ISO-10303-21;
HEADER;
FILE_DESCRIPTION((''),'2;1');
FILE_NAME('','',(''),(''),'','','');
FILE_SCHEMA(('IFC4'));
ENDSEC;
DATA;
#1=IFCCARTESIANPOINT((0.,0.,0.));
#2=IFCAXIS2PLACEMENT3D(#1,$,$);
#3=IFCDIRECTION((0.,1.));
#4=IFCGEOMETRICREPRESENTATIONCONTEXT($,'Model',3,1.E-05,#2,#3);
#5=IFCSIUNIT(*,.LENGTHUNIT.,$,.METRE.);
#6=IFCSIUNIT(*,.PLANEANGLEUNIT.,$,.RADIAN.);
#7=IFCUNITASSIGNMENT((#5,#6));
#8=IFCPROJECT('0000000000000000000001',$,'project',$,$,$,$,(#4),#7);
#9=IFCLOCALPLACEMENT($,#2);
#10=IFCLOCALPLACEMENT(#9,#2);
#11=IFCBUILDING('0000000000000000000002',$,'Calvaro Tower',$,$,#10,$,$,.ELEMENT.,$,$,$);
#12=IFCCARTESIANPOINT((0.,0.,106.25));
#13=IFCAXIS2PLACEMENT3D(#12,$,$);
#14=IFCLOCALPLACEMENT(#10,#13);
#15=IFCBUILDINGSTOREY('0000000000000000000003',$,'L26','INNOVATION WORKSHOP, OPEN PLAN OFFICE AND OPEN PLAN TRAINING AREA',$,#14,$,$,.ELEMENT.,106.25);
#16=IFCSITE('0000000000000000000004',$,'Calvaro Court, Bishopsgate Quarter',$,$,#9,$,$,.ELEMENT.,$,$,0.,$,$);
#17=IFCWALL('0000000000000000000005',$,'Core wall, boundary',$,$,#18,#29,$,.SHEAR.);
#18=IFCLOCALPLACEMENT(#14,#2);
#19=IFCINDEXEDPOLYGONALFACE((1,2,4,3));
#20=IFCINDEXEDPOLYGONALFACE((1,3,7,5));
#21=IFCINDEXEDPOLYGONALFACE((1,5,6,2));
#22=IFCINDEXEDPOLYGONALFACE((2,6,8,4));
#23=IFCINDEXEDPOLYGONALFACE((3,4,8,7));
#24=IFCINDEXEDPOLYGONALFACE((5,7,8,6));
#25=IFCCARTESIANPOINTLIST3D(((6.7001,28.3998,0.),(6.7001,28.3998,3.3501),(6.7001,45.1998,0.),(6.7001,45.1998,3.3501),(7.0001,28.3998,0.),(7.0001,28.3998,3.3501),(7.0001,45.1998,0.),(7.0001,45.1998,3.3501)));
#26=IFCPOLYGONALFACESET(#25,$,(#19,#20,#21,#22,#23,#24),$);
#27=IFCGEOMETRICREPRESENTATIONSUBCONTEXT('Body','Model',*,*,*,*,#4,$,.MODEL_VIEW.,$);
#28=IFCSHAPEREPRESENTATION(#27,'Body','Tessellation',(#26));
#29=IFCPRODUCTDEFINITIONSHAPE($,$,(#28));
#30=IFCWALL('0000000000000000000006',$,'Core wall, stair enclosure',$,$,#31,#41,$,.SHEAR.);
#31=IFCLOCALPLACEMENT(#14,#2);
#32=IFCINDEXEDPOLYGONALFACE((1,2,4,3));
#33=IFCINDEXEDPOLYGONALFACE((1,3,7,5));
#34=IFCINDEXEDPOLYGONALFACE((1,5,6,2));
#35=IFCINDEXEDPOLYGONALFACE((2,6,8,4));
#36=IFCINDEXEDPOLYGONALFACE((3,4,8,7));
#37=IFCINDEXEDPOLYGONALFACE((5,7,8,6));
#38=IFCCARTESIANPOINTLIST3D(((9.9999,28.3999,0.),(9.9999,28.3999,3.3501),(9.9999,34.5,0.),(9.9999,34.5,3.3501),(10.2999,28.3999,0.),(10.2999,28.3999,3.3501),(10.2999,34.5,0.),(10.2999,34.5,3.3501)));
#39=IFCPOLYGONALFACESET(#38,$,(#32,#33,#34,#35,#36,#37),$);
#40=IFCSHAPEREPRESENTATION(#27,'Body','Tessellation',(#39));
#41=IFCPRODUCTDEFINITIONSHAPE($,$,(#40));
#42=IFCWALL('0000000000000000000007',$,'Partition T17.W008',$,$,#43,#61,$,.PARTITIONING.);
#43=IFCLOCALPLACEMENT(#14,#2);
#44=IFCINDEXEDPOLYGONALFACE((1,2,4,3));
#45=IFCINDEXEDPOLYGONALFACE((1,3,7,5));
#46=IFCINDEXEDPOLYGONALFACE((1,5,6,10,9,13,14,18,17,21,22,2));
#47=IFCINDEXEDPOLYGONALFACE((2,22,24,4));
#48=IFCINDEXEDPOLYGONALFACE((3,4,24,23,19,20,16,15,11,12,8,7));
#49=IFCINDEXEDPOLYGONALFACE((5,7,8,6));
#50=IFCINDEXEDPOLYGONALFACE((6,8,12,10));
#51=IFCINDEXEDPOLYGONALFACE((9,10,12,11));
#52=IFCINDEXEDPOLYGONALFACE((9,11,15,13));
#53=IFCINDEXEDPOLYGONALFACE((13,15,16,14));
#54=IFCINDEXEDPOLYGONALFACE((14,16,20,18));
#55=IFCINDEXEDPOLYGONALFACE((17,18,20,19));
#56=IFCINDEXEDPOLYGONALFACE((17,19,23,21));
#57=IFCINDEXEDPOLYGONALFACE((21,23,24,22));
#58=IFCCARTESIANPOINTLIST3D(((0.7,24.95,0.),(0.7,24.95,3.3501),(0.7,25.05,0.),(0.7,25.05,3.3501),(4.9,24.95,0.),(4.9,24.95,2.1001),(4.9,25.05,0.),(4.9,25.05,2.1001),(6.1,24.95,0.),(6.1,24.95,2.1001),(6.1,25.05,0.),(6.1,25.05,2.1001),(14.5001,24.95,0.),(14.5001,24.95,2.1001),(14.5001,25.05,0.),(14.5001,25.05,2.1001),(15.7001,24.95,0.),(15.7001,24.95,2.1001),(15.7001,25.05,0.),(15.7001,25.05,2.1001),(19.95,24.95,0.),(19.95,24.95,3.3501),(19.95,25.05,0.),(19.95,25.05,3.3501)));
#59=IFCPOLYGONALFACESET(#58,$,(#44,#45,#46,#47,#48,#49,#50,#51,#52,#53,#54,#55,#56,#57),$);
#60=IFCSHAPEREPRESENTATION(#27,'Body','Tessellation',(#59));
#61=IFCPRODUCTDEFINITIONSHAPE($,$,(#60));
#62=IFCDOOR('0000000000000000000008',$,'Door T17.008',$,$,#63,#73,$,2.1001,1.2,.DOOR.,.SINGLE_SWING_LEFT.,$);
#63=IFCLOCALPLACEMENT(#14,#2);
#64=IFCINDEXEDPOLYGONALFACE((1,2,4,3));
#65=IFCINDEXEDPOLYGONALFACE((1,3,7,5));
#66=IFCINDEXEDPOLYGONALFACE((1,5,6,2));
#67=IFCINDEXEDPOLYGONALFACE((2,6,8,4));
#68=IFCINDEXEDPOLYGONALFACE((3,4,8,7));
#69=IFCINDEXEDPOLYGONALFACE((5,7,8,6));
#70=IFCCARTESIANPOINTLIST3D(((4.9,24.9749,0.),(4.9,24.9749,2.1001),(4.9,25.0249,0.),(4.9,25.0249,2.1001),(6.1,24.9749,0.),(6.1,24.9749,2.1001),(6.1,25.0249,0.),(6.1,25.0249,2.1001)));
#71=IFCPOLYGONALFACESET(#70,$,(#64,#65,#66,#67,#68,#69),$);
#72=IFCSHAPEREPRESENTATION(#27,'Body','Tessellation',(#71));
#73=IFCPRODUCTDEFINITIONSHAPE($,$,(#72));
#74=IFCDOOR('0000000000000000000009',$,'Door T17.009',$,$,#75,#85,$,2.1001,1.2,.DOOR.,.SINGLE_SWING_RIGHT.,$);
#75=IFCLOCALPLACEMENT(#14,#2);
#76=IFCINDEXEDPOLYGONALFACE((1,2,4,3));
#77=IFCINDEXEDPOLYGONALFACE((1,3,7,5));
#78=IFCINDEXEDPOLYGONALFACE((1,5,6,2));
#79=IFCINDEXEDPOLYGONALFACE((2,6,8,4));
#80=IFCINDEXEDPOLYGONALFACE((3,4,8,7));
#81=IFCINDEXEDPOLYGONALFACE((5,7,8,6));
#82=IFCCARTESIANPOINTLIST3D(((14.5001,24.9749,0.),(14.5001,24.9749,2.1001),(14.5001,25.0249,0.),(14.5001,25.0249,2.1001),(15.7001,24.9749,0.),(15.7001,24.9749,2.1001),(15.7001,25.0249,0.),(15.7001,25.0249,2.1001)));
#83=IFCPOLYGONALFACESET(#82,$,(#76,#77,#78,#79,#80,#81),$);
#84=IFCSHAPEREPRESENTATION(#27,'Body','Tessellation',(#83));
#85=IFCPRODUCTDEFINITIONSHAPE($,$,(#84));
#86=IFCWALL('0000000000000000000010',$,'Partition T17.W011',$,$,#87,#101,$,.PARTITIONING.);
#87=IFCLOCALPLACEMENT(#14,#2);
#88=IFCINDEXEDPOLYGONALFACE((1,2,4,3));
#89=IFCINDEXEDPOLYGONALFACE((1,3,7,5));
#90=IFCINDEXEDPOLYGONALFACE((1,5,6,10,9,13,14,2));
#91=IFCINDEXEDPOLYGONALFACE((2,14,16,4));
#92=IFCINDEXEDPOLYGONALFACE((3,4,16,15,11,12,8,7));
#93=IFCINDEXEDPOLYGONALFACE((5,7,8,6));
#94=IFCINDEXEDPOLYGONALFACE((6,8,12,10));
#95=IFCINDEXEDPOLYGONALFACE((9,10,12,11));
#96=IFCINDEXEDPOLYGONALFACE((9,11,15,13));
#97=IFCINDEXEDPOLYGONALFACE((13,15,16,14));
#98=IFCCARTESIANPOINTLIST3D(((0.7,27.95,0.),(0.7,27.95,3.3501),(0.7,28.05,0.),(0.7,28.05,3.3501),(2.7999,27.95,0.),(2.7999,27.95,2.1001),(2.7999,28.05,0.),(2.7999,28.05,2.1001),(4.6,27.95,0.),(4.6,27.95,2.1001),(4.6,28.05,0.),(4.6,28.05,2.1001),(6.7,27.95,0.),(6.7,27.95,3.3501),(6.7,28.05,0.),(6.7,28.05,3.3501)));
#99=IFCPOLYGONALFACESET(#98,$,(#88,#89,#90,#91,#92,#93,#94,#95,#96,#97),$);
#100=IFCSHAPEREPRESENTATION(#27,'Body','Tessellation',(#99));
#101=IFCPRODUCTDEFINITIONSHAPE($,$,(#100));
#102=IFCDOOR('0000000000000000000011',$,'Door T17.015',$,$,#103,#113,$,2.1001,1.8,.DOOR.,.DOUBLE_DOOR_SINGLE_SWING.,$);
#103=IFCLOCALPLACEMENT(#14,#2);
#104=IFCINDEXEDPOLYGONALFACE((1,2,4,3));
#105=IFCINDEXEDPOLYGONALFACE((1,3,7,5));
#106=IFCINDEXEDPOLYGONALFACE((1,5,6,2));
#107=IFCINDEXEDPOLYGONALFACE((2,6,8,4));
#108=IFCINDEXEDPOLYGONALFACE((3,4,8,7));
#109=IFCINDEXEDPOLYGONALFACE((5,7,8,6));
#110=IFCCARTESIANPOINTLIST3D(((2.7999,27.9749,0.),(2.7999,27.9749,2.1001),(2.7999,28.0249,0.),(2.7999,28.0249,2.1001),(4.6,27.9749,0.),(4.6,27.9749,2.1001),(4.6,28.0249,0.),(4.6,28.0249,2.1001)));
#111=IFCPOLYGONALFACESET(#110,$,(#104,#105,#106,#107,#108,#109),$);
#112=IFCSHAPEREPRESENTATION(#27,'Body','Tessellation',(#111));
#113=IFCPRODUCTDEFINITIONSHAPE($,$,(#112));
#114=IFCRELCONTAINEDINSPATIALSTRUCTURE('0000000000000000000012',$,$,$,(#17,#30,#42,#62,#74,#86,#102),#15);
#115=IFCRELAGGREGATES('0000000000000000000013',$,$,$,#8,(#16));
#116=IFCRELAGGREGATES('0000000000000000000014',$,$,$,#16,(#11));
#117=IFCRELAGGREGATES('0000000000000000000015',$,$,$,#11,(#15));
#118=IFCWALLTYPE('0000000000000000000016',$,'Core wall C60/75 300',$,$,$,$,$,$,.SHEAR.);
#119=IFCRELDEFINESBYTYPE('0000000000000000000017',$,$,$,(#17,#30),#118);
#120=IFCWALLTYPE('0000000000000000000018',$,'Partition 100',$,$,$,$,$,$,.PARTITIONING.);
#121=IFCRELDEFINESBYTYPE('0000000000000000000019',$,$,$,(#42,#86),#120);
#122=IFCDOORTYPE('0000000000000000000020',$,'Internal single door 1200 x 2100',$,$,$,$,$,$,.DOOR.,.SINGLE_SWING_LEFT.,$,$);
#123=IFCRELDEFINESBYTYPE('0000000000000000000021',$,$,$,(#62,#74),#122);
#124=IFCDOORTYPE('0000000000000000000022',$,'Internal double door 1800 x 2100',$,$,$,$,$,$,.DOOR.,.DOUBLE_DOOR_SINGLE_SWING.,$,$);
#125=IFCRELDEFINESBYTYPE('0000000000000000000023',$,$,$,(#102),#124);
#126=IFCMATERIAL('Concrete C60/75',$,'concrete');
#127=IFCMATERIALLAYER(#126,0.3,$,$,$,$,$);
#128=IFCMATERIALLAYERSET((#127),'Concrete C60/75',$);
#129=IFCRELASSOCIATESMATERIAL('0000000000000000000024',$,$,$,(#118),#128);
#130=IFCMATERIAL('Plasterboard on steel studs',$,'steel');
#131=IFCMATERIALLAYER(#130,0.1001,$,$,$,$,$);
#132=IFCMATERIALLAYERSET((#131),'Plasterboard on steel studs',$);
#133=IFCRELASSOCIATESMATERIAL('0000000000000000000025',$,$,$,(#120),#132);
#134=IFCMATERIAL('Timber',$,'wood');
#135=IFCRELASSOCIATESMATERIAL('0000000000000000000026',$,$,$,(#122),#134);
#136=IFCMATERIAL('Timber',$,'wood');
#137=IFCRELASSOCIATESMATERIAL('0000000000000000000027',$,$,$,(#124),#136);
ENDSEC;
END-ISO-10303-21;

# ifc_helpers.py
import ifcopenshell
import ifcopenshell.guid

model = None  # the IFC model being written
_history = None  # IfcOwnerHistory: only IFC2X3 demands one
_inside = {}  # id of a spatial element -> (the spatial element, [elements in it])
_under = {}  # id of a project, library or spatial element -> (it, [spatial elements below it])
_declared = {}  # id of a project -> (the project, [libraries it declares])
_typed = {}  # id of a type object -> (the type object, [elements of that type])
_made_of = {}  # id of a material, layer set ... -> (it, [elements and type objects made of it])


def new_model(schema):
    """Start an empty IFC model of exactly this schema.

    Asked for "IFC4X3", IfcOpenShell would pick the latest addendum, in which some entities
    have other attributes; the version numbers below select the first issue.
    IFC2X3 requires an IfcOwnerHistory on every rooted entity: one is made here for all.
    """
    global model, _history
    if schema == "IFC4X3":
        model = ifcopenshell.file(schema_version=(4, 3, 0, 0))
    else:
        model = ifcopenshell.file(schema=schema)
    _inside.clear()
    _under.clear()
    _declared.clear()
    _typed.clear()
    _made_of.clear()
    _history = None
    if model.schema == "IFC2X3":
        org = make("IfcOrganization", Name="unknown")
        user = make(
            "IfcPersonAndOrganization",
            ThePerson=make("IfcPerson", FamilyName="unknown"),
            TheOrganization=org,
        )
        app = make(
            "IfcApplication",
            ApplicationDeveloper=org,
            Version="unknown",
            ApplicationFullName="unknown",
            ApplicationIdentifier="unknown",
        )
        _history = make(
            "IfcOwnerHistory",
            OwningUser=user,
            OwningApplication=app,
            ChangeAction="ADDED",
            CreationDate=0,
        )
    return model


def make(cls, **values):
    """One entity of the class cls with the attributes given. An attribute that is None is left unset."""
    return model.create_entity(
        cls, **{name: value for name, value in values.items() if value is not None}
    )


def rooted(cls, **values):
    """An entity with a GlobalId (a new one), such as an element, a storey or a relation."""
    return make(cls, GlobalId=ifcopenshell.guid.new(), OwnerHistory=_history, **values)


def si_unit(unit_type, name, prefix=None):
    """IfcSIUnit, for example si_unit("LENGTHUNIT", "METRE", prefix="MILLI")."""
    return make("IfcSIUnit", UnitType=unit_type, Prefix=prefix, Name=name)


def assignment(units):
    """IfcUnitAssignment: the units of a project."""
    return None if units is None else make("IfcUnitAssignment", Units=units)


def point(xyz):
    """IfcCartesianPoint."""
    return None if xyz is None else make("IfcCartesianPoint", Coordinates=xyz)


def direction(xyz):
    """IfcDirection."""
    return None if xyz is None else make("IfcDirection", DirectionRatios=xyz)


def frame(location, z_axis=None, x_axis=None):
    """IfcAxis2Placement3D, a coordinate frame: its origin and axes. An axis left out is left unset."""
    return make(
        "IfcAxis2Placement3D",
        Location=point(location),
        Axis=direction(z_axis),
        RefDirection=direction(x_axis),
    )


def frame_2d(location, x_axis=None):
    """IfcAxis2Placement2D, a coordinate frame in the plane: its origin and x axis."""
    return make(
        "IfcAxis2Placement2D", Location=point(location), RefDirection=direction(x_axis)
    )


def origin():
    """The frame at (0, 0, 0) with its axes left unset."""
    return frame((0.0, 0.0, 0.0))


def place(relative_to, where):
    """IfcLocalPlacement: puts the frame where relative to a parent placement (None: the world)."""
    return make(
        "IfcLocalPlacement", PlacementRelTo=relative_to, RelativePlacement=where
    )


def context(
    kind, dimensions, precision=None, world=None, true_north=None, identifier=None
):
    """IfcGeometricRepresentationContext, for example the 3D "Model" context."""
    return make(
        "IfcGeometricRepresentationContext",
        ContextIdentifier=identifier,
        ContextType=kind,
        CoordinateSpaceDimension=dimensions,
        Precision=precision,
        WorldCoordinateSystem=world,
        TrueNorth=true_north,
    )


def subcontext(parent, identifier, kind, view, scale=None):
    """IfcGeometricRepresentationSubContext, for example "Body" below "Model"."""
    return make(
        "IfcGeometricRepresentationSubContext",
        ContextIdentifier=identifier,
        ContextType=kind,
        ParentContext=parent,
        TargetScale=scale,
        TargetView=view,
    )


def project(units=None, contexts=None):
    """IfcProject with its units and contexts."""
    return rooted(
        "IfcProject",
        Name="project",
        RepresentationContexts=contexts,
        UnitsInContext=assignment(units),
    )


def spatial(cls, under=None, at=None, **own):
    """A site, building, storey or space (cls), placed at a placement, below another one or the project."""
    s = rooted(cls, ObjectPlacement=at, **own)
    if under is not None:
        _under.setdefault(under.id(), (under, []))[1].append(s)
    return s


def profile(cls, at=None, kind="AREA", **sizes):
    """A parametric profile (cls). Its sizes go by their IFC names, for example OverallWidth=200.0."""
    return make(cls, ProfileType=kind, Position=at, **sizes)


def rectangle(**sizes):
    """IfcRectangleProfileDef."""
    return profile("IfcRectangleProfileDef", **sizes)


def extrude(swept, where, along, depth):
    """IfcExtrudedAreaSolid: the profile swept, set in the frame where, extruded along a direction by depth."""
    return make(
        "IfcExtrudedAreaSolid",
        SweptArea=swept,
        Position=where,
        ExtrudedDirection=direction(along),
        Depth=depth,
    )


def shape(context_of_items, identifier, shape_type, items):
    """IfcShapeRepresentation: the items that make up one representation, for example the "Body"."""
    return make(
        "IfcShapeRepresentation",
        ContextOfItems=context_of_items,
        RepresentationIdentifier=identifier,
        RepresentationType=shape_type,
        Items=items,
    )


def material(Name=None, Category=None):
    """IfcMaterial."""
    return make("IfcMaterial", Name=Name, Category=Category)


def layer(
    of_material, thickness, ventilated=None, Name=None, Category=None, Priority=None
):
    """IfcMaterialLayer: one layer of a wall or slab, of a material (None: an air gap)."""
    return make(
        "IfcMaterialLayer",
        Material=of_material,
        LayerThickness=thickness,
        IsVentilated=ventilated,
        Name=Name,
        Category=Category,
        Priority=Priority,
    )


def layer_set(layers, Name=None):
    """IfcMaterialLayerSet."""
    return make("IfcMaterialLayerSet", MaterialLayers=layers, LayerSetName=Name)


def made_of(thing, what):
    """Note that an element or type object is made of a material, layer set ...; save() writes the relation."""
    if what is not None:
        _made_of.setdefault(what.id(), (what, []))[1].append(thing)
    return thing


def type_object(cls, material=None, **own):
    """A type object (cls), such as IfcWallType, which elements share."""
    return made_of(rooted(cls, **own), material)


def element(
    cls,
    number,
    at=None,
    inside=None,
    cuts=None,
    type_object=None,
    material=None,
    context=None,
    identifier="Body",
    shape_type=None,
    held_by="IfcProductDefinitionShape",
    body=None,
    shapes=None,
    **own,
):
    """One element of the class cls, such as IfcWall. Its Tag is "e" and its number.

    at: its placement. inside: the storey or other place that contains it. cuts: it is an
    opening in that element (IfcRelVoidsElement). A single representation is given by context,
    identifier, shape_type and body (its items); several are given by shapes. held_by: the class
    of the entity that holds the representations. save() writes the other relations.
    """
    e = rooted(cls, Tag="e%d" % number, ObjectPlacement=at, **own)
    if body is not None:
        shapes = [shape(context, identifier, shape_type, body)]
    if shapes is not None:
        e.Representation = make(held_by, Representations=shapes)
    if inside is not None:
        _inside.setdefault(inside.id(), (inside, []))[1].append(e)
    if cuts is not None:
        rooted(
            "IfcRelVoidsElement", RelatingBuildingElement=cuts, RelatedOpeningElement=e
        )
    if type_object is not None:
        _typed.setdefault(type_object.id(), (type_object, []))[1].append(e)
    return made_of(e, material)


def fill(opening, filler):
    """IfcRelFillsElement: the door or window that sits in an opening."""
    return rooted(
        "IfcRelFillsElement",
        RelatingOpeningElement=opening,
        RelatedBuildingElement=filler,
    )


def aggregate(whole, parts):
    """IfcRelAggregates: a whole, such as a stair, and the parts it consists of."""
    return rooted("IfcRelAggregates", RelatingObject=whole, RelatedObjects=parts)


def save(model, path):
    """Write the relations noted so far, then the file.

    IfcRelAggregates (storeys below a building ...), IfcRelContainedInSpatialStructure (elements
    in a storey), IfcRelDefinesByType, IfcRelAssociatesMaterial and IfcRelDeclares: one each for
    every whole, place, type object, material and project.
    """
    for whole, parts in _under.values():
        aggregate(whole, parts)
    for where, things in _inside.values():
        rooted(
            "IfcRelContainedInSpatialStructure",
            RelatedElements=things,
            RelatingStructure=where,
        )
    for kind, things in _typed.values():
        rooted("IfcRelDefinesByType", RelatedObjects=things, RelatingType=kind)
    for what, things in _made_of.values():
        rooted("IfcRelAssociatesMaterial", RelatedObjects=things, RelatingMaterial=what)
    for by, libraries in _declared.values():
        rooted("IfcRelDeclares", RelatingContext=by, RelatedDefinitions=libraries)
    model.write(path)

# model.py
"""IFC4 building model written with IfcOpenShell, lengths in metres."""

from ifc_helpers import new_model, si_unit, direction, frame, frame_2d, origin, place, context, subcontext, project, spatial, rectangle, extrude, material, layer, layer_set, type_object, element, fill, save


model = new_model("IFC4")

# Units and contexts
model_context = context("Model", 3, precision=1e-05, world=origin(), true_north=direction((0.0, 1.0)))
body_context = subcontext(model_context, "Body", "Model", "MODEL_VIEW")
ifc_project = project(units=[si_unit("LENGTHUNIT", "METRE"), si_unit("PLANEANGLEUNIT", "RADIAN")], contexts=[model_context])

# Site, building, storey
site_placement = place(None, origin())
site = spatial("IfcSite", under=ifc_project, at=site_placement, Name="Calvaro Court, Bishopsgate Quarter", CompositionType="ELEMENT", RefElevation=0.0)
building_placement = place(site_placement, origin())
building = spatial("IfcBuilding", under=site, at=building_placement, Name="Calvaro Tower", CompositionType="ELEMENT")
storey_placement = place(building_placement, frame((0.0, 0.0, 106.25)))
storey = spatial("IfcBuildingStorey", under=building, at=storey_placement, Name="L26", Description="INNOVATION WORKSHOP, OPEN PLAN OFFICE AND OPEN PLAN TRAINING AREA", CompositionType="ELEMENT", Elevation=106.25)

# Walls
ifc_material_1 = material(Name="Concrete C60/75", Category="concrete")
ifc_layer_1 = layer(ifc_material_1, 0.3)
ifc_layer_set_1 = layer_set([ifc_layer_1], Name="Concrete C60/75")
wall_type_1 = type_object("IfcWallType", Name="Core wall C60/75 300", PredefinedType="SHEAR", material=ifc_layer_set_1)
wall_1_placement = place(storey_placement, frame((6.8501, 28.3999, 0.0), z_axis=(0.0, 0.0, 1.0), x_axis=(0.0, 1.0, 0.0)))
element("IfcWall", 1, at=wall_1_placement, inside=storey, type_object=wall_type_1, Name="Core wall, boundary", PredefinedType="SHEAR", context=body_context, shape_type="SweptSolid", body=[
    extrude(rectangle(XDim=16.8, YDim=0.3, at=frame_2d((8.3999, 0.0))), origin(), (0.0, 0.0, 1.0), 3.3501),
])
wall_2_placement = place(storey_placement, frame((10.1499, 28.3999, 0.0), z_axis=(0.0, 0.0, 1.0), x_axis=(0.0, 1.0, 0.0)))
element("IfcWall", 2, at=wall_2_placement, inside=storey, type_object=wall_type_1, Name="Core wall, stair enclosure", PredefinedType="SHEAR", context=body_context, shape_type="SweptSolid", body=[
    extrude(rectangle(XDim=6.1001, YDim=0.3, at=frame_2d((3.05, 0.0))), origin(), (0.0, 0.0, 1.0), 3.3501),
])

# Wall, openings, doors
ifc_material_2 = material(Name="Plasterboard on steel studs", Category="steel")
ifc_layer_2 = layer(ifc_material_2, 0.1001)
ifc_layer_set_2 = layer_set([ifc_layer_2], Name="Plasterboard on steel studs")
wall_type_2 = type_object("IfcWallType", Name="Partition 100", PredefinedType="PARTITIONING", material=ifc_layer_set_2)
wall_3_placement = place(storey_placement, frame((0.7, 25.0, 0.0), z_axis=(0.0, 0.0, 1.0), x_axis=(1.0, 0.0, 0.0)))
wall_3 = element("IfcWall", 3, at=wall_3_placement, inside=storey, type_object=wall_type_2, Name="Partition T17.W008", PredefinedType="PARTITIONING", context=body_context, shape_type="SweptSolid", body=[
    extrude(rectangle(XDim=19.25, YDim=0.1001, at=frame_2d((9.625, 0.0))), origin(), (0.0, 0.0, 1.0), 3.3501),
])
opening_1_placement = place(wall_3_placement, frame((4.2, 0.0, 0.0)))
opening_1 = element("IfcOpeningElement", 4, at=opening_1_placement, cuts=wall_3, PredefinedType="OPENING", context=body_context, shape_type="SweptSolid", body=[
    extrude(rectangle(XDim=1.2, YDim=2.1001, at=frame_2d((0.6001, 1.05))), frame((0.0, 0.0601, 0.0), z_axis=(0.0, -1.0, 0.0), x_axis=(1.0, 0.0, 0.0)), (0.0, 0.0, 1.0), 0.1201),
])
opening_2_placement = place(wall_3_placement, frame((13.8, 0.0, 0.0)))
opening_2 = element("IfcOpeningElement", 5, at=opening_2_placement, cuts=wall_3, PredefinedType="OPENING", context=body_context, shape_type="SweptSolid", body=[
    extrude(rectangle(XDim=1.2, YDim=2.1001, at=frame_2d((0.6001, 1.05))), frame((0.0, 0.0601, 0.0), z_axis=(0.0, -1.0, 0.0), x_axis=(1.0, 0.0, 0.0)), (0.0, 0.0, 1.0), 0.1201),
])
ifc_material_3 = material(Name="Timber", Category="wood")
door_type_1 = type_object("IfcDoorType", Name="Internal single door 1200 x 2100", OperationType="SINGLE_SWING_LEFT", PredefinedType="DOOR", material=ifc_material_3)
door_1_placement = place(opening_1_placement, origin())
door_1 = element("IfcDoor", 6, at=door_1_placement, inside=storey, type_object=door_type_1, Name="Door T17.008", OperationType="SINGLE_SWING_LEFT", OverallHeight=2.1001, OverallWidth=1.2, PredefinedType="DOOR", context=body_context, shape_type="SweptSolid", body=[
    extrude(rectangle(XDim=1.2, YDim=2.1001, at=frame_2d((0.6001, 1.05))), frame((0.0, 0.0249, 0.0), z_axis=(0.0, -1.0, 0.0), x_axis=(1.0, 0.0, 0.0)), (0.0, 0.0, 1.0), 0.05),
])
fill(opening_1, door_1)
door_2_placement = place(opening_2_placement, origin())
door_2 = element("IfcDoor", 7, at=door_2_placement, inside=storey, type_object=door_type_1, Name="Door T17.009", OperationType="SINGLE_SWING_RIGHT", OverallHeight=2.1001, OverallWidth=1.2, PredefinedType="DOOR", context=body_context, shape_type="SweptSolid", body=[
    extrude(rectangle(XDim=1.2, YDim=2.1001, at=frame_2d((0.6001, 1.05))), frame((0.0, 0.0249, 0.0), z_axis=(0.0, -1.0, 0.0), x_axis=(1.0, 0.0, 0.0)), (0.0, 0.0, 1.0), 0.05),
])
fill(opening_2, door_2)

# Wall, opening, door
wall_4_placement = place(storey_placement, frame((0.7, 28.0, 0.0), z_axis=(0.0, 0.0, 1.0), x_axis=(1.0, 0.0, 0.0)))
wall_4 = element("IfcWall", 8, at=wall_4_placement, inside=storey, type_object=wall_type_2, Name="Partition T17.W011", PredefinedType="PARTITIONING", context=body_context, shape_type="SweptSolid", body=[
    extrude(rectangle(XDim=6.0, YDim=0.1001, at=frame_2d((3.0, 0.0))), origin(), (0.0, 0.0, 1.0), 3.3501),
])
opening_3_placement = place(wall_4_placement, frame((2.1001, 0.0, 0.0)))
opening_3 = element("IfcOpeningElement", 9, at=opening_3_placement, cuts=wall_4, PredefinedType="OPENING", context=body_context, shape_type="SweptSolid", body=[
    extrude(rectangle(XDim=1.8, YDim=2.1001, at=frame_2d((0.8999, 1.05))), frame((0.0, 0.0601, 0.0), z_axis=(0.0, -1.0, 0.0), x_axis=(1.0, 0.0, 0.0)), (0.0, 0.0, 1.0), 0.1201),
])
ifc_material_4 = material(Name="Timber", Category="wood")
door_type_2 = type_object("IfcDoorType", Name="Internal double door 1800 x 2100", OperationType="DOUBLE_DOOR_SINGLE_SWING", PredefinedType="DOOR", material=ifc_material_4)
door_3_placement = place(opening_3_placement, origin())
door_3 = element("IfcDoor", 10, at=door_3_placement, inside=storey, type_object=door_type_2, Name="Door T17.015", OperationType="DOUBLE_DOOR_SINGLE_SWING", OverallHeight=2.1001, OverallWidth=1.8, PredefinedType="DOOR", context=body_context, shape_type="SweptSolid", body=[
    extrude(rectangle(XDim=1.8, YDim=2.1001, at=frame_2d((0.8999, 1.05))), frame((0.0, 0.0249, 0.0), z_axis=(0.0, -1.0, 0.0), x_axis=(1.0, 0.0, 0.0)), (0.0, 0.0, 1.0), 0.05),
])
fill(opening_3, door_3)

save(model, "model.ifc")
